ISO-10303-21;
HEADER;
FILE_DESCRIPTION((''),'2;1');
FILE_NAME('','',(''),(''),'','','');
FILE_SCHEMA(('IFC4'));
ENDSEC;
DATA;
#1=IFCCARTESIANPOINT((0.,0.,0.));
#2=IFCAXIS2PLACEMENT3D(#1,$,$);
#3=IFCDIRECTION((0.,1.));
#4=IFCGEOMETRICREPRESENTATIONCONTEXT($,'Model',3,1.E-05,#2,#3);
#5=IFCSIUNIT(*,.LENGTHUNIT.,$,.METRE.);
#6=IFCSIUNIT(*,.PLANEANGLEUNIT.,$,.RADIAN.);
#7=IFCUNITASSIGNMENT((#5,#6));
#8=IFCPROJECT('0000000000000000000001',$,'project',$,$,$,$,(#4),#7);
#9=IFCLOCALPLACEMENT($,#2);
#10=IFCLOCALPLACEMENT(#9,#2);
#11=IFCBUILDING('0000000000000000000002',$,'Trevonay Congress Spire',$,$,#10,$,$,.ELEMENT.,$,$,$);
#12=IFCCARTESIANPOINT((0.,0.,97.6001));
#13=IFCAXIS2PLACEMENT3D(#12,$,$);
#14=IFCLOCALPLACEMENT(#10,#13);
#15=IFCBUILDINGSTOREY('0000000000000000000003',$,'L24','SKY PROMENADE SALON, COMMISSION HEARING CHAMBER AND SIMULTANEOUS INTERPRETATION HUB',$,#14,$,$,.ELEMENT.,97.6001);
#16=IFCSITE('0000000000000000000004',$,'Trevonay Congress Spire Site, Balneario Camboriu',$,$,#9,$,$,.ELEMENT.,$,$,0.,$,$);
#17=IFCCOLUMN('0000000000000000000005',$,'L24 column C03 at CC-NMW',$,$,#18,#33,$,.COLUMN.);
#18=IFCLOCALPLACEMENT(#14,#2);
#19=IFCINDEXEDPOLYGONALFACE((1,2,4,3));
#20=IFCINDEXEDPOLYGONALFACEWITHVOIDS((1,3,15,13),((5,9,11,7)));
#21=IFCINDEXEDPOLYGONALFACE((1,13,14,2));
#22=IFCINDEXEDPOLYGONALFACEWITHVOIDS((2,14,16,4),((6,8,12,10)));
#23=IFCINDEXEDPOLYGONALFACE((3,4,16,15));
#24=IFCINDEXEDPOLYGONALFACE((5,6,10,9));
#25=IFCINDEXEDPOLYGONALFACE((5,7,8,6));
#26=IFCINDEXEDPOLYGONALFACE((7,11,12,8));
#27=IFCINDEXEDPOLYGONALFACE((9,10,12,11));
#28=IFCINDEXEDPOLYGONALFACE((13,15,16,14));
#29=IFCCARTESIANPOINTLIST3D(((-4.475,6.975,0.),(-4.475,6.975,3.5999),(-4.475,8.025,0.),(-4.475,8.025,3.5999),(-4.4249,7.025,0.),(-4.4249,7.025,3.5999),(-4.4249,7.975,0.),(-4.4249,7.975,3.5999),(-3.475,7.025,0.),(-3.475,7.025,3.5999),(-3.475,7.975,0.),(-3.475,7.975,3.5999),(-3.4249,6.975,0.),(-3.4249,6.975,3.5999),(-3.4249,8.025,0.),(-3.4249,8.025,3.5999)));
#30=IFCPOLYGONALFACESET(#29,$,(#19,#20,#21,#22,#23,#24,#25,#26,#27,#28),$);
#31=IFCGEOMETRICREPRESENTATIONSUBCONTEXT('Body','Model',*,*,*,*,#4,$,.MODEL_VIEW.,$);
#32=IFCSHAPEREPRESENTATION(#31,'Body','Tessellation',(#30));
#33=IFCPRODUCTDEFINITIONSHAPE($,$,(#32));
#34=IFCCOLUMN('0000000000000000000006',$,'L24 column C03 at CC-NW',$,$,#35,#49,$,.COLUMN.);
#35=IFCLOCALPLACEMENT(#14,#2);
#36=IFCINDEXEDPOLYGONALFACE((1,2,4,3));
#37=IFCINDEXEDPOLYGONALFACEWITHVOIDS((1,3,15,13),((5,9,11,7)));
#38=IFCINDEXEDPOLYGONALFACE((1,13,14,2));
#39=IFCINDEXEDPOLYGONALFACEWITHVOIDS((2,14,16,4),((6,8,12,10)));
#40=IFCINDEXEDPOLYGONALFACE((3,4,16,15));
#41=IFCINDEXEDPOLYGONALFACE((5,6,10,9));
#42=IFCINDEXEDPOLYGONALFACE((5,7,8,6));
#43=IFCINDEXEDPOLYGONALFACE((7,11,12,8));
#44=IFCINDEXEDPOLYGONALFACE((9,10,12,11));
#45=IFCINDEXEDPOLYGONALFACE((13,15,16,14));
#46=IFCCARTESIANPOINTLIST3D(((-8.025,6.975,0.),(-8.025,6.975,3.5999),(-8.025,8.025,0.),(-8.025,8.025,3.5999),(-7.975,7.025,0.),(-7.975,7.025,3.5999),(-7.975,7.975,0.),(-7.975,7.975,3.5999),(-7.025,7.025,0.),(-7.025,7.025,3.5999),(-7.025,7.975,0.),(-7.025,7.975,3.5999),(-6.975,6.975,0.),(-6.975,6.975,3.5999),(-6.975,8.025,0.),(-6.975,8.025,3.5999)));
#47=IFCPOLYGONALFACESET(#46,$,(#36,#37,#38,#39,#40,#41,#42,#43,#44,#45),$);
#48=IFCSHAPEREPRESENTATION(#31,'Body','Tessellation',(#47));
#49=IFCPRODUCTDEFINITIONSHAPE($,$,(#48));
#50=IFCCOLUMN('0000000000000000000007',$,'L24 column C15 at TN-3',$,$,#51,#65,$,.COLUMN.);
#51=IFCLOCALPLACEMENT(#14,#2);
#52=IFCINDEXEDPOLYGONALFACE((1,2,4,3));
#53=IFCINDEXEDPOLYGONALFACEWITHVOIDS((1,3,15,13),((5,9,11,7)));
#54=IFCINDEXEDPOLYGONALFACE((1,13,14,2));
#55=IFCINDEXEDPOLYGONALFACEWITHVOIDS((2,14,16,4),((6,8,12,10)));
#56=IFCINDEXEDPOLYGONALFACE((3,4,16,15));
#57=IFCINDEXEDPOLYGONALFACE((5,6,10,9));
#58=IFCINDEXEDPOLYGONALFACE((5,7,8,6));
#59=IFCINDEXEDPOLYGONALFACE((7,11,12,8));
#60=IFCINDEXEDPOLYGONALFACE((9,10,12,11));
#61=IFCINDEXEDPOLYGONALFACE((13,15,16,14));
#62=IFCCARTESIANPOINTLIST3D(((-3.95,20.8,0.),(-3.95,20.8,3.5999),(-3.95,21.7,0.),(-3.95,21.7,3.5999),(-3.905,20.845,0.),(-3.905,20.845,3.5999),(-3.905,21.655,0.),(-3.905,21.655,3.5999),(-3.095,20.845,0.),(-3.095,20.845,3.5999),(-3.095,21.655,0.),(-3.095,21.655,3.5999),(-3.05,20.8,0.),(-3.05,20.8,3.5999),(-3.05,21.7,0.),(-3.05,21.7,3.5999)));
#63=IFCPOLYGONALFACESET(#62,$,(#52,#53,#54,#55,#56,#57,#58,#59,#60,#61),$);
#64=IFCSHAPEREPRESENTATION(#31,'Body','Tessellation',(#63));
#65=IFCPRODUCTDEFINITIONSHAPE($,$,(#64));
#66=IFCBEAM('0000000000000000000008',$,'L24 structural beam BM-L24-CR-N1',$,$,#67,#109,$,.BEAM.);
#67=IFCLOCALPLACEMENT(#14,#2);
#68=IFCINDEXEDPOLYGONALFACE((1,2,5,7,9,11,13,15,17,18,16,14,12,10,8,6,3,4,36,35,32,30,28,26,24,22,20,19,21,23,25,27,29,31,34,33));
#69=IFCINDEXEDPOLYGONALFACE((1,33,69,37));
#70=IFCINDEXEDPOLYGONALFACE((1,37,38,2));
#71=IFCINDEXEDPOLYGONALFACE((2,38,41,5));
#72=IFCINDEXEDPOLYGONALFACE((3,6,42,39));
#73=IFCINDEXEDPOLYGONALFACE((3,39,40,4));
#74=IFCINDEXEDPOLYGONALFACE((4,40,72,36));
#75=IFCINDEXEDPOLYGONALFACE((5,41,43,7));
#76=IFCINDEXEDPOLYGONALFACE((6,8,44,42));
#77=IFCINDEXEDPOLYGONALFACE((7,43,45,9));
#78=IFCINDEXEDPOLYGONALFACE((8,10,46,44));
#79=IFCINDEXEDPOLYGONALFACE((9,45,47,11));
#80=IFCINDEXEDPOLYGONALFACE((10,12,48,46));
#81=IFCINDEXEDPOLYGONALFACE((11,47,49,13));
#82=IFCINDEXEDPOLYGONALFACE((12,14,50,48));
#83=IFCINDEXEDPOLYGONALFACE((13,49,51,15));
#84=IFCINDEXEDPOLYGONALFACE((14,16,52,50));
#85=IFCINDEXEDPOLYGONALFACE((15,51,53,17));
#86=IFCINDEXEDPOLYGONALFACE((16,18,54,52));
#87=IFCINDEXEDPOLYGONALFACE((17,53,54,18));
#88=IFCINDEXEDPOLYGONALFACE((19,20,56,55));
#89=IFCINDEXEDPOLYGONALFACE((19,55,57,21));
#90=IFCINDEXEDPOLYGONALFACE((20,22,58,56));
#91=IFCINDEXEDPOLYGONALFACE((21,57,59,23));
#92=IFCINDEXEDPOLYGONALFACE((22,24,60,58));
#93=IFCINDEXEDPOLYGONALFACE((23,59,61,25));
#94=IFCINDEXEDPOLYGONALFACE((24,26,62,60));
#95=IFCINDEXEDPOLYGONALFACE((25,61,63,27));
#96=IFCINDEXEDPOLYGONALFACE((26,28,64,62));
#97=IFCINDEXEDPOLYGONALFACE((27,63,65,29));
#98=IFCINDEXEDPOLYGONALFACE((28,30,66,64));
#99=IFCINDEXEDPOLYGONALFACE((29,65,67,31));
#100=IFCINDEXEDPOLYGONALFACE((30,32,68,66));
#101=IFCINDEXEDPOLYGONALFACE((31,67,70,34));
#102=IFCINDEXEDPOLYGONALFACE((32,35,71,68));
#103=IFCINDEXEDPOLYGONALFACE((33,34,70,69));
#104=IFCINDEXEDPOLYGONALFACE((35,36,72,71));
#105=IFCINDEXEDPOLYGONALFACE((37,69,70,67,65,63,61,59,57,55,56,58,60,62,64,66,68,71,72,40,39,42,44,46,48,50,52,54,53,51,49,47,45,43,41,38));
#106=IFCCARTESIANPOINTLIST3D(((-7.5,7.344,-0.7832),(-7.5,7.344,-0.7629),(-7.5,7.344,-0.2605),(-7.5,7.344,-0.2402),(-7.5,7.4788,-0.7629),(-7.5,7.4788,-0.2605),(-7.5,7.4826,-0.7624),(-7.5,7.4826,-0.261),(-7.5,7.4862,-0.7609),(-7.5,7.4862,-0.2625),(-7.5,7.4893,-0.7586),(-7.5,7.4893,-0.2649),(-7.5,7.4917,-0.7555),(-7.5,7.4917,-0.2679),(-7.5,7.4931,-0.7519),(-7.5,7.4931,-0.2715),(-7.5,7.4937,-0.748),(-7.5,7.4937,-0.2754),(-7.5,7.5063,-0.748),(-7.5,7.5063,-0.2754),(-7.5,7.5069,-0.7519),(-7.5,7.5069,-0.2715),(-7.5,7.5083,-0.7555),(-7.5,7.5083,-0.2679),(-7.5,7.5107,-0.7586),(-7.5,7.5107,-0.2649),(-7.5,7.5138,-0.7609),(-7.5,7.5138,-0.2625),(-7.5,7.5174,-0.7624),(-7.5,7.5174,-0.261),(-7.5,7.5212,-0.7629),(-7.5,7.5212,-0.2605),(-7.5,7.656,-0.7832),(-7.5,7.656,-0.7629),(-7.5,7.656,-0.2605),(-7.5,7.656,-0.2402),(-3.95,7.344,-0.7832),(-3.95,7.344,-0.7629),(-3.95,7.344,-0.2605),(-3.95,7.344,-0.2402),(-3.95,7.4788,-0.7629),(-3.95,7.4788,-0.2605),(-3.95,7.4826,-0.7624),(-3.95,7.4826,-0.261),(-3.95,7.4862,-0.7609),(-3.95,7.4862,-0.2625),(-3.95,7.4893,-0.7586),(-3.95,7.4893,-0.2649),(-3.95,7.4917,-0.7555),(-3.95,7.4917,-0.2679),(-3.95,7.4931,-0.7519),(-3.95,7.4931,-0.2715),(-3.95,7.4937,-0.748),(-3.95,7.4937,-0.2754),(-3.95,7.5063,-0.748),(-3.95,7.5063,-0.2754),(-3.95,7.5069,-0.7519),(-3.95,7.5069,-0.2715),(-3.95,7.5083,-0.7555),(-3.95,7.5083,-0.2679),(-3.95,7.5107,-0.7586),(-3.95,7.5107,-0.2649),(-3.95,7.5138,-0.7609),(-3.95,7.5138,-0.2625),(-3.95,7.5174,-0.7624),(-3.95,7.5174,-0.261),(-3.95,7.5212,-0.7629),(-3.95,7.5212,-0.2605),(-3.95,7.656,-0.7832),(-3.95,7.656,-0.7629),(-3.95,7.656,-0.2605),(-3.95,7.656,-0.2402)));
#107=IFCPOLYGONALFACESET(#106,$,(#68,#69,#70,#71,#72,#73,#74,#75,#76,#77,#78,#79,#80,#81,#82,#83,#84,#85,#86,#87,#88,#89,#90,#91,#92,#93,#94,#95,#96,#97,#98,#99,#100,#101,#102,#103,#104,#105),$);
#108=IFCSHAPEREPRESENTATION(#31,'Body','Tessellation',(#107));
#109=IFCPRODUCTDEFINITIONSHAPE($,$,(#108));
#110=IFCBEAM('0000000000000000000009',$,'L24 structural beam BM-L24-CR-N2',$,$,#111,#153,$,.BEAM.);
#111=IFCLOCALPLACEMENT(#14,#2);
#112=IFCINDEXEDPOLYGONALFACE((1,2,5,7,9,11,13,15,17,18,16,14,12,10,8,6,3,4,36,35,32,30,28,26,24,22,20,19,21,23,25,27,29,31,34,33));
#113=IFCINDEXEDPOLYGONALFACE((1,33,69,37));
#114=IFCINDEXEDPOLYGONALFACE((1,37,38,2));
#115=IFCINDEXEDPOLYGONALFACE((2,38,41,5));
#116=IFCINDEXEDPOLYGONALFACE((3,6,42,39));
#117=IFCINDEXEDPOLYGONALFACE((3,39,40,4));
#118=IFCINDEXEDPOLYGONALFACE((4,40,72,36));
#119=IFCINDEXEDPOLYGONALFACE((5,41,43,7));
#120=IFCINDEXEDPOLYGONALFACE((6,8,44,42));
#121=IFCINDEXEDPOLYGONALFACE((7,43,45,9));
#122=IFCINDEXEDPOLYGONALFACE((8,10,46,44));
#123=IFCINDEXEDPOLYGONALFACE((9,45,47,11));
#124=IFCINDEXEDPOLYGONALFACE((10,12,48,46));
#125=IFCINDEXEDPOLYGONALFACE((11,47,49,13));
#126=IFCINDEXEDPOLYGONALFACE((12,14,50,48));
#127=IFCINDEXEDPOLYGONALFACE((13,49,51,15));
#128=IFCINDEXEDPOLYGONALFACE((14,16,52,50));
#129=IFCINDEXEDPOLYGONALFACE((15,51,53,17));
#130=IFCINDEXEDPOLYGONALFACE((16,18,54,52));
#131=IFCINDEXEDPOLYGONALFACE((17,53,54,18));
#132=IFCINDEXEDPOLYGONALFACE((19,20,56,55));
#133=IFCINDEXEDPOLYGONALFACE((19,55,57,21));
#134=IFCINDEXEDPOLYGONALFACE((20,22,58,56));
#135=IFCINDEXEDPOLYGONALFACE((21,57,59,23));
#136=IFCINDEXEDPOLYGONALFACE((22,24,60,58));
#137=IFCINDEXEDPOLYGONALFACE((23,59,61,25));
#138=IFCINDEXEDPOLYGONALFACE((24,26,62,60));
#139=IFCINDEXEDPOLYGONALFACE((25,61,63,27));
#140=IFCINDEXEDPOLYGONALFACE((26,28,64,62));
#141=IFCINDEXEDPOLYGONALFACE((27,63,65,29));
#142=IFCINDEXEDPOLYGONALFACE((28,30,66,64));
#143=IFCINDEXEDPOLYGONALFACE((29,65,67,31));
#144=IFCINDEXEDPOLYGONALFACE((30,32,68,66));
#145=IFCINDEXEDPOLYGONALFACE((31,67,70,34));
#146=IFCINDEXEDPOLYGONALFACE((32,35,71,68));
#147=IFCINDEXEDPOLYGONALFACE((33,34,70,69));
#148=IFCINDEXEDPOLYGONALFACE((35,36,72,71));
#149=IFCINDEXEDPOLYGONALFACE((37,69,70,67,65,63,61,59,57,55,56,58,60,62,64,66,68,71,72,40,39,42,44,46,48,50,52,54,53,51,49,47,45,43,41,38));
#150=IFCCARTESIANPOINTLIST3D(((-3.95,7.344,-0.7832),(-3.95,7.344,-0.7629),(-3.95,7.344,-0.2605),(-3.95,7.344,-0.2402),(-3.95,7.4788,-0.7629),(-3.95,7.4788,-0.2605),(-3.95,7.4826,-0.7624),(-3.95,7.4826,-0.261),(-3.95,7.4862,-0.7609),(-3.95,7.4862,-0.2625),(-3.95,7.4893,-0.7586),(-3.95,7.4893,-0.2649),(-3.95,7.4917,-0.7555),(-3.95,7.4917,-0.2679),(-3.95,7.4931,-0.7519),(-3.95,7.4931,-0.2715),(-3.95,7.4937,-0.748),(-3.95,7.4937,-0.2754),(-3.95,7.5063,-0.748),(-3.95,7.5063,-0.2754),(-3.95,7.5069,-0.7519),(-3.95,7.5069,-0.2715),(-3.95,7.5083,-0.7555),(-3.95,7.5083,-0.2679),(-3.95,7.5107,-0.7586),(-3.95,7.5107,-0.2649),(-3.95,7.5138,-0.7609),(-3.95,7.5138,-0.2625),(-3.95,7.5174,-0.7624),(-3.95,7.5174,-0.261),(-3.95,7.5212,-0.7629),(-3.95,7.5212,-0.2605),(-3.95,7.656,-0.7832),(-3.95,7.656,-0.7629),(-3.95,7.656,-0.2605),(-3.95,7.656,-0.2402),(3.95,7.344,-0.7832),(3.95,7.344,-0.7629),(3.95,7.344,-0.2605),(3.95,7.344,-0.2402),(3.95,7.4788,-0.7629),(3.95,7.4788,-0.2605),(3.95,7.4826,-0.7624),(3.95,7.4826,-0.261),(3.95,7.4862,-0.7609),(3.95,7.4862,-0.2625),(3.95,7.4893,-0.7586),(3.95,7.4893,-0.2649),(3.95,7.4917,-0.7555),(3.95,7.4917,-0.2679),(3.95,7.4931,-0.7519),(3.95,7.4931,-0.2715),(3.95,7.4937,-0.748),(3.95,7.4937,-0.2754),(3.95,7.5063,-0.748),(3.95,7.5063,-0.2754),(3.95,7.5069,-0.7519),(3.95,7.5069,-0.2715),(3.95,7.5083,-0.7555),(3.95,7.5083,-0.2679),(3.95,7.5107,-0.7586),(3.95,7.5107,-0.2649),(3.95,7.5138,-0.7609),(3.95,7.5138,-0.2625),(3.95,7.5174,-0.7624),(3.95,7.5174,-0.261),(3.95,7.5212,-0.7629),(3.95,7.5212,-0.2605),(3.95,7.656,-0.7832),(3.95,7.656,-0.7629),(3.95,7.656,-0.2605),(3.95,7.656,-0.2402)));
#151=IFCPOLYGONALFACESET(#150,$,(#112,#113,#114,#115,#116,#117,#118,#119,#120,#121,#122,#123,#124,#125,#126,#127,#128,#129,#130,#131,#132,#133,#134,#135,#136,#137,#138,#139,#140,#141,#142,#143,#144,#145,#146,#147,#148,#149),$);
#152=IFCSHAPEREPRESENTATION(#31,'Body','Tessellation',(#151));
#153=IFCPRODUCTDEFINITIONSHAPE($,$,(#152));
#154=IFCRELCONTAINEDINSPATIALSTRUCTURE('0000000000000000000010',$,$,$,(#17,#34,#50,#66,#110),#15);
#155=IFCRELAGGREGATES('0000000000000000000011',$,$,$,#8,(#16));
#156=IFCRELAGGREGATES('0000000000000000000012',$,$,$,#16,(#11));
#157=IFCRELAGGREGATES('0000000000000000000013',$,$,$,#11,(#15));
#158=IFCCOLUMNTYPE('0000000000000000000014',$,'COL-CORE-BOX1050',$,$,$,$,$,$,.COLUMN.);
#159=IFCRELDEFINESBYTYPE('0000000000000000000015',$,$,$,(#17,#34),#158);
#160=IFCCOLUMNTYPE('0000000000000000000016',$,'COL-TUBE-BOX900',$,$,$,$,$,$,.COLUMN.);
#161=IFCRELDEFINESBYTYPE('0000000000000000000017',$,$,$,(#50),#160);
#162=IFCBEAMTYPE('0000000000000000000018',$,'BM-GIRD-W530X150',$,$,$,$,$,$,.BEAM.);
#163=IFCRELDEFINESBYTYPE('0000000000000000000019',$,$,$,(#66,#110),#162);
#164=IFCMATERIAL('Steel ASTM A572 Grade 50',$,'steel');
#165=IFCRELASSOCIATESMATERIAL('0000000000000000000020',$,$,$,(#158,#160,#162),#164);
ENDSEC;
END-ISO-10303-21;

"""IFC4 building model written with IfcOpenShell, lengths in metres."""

from ifc_helpers import new_model, si_unit, direction, frame, origin, origin_2d, place, context, subcontext, project, spatial, hollow_rectangle, i_section, extrude, material, material_profile, profile_set, type_object, element, save


model = new_model("IFC4")

# Units and contexts
model_context = context("Model", 3, precision=1e-05, world=origin(), true_north=direction((0.0, 1.0)))
body_context = subcontext(model_context, "Body", "Model", "MODEL_VIEW")
ifc_project = project(units=[si_unit("LENGTHUNIT", "METRE"), si_unit("PLANEANGLEUNIT", "RADIAN")], contexts=[model_context])

# Site, building, storey
site_placement = place(None, origin())
site = spatial("IfcSite", under=ifc_project, at=site_placement, Name="Trevonay Congress Spire Site, Balneario Camboriu", CompositionType="ELEMENT", RefElevation=0.0)
building_placement = place(site_placement, origin())
building = spatial("IfcBuilding", under=site, at=building_placement, Name="Trevonay Congress Spire", CompositionType="ELEMENT")
storey_placement = place(building_placement, frame((0.0, 0.0, 97.6001)))
storey = spatial("IfcBuildingStorey", under=building, at=storey_placement, Name="L24", Description="SKY PROMENADE SALON, COMMISSION HEARING CHAMBER AND SIMULTANEOUS INTERPRETATION HUB", CompositionType="ELEMENT", Elevation=97.6001)

# Columns
ifc_material_1 = material(Name="Steel ASTM A572 Grade 50", Category="steel")
ifc_material_profile_1 = material_profile(ifc_material_1, hollow_rectangle(XDim=1.05, YDim=1.05, WallThickness=0.05, at=origin_2d()), Name="BOX 1050x1050x50")
ifc_profile_set_1 = profile_set([ifc_material_profile_1], Name="Steel ASTM A572 Grade 50")
column_type_1 = type_object("IfcColumnType", Name="COL-CORE-BOX1050", PredefinedType="COLUMN", material=ifc_profile_set_1)
for number, where, z_axis, x_axis, name in (
    (1, (-3.95, 7.5, 0.0), (0.0, 0.0, 1.0), (1.0, 0.0, 0.0), "L24 column C03 at CC-NMW"),
    (2, (-7.5, 7.5, 0.0), (0.0, 0.0, 1.0), (1.0, 0.0, 0.0), "L24 column C03 at CC-NW"),
):
    element("IfcColumn", number, at=place(storey_placement, frame(where, z_axis=z_axis, x_axis=x_axis)), inside=storey, type_object=column_type_1, Name=name, PredefinedType="COLUMN", context=body_context, shape_type="SweptSolid", body=[
        extrude(hollow_rectangle(XDim=1.05, YDim=1.05, WallThickness=0.05, at=origin_2d()), origin(), (0.0, 0.0, 1.0), 3.5999),
    ])
ifc_material_profile_2 = material_profile(ifc_material_1, hollow_rectangle(XDim=0.8999, YDim=0.8999, WallThickness=0.0449, at=origin_2d()), Name="BOX 900x900x45")
ifc_profile_set_2 = profile_set([ifc_material_profile_2], Name="Steel ASTM A572 Grade 50")
column_type_2 = type_object("IfcColumnType", Name="COL-TUBE-BOX900", PredefinedType="COLUMN", material=ifc_profile_set_2)
column_placement = place(storey_placement, frame((-3.5, 21.25, 0.0), z_axis=(0.0, 0.0, 1.0), x_axis=(1.0, 0.0, 0.0)))
element("IfcColumn", 3, at=column_placement, inside=storey, type_object=column_type_2, Name="L24 column C15 at TN-3", PredefinedType="COLUMN", context=body_context, shape_type="SweptSolid", body=[
    extrude(hollow_rectangle(XDim=0.8999, YDim=0.8999, WallThickness=0.0449, at=origin_2d()), origin(), (0.0, 0.0, 1.0), 3.5999),
])

# Beams
ifc_material_profile_3 = material_profile(ifc_material_1, i_section(OverallWidth=0.312, OverallDepth=0.543, WebThickness=0.0127, FlangeThickness=0.0203, FilletRadius=0.0149, at=origin_2d()), Name="W530x150")
ifc_profile_set_3 = profile_set([ifc_material_profile_3], Name="Steel ASTM A572 Grade 50")
beam_type_1 = type_object("IfcBeamType", Name="BM-GIRD-W530X150", PredefinedType="BEAM", material=ifc_profile_set_3)
beam_1_placement = place(storey_placement, frame((-7.5, 7.5, -0.5117), z_axis=(1.0, 0.0, 0.0), x_axis=(0.0, 1.0, 0.0)))
element("IfcBeam", 4, at=beam_1_placement, inside=storey, type_object=beam_type_1, Name="L24 structural beam BM-L24-CR-N1", PredefinedType="BEAM", context=body_context, shape_type="SweptSolid", body=[
    extrude(i_section(OverallWidth=0.312, OverallDepth=0.543, WebThickness=0.0127, FlangeThickness=0.0203, FilletRadius=0.0149, at=origin_2d()), origin(), (0.0, 0.0, 1.0), 3.55),
])
beam_2_placement = place(storey_placement, frame((-3.95, 7.5, -0.5117), z_axis=(1.0, 0.0, 0.0), x_axis=(0.0, 1.0, 0.0)))
element("IfcBeam", 5, at=beam_2_placement, inside=storey, type_object=beam_type_1, Name="L24 structural beam BM-L24-CR-N2", PredefinedType="BEAM", context=body_context, shape_type="SweptSolid", body=[
    extrude(i_section(OverallWidth=0.312, OverallDepth=0.543, WebThickness=0.0127, FlangeThickness=0.0203, FilletRadius=0.0149, at=origin_2d()), origin(), (0.0, 0.0, 1.0), 7.8999),
])

save(model, "model.ifc")
